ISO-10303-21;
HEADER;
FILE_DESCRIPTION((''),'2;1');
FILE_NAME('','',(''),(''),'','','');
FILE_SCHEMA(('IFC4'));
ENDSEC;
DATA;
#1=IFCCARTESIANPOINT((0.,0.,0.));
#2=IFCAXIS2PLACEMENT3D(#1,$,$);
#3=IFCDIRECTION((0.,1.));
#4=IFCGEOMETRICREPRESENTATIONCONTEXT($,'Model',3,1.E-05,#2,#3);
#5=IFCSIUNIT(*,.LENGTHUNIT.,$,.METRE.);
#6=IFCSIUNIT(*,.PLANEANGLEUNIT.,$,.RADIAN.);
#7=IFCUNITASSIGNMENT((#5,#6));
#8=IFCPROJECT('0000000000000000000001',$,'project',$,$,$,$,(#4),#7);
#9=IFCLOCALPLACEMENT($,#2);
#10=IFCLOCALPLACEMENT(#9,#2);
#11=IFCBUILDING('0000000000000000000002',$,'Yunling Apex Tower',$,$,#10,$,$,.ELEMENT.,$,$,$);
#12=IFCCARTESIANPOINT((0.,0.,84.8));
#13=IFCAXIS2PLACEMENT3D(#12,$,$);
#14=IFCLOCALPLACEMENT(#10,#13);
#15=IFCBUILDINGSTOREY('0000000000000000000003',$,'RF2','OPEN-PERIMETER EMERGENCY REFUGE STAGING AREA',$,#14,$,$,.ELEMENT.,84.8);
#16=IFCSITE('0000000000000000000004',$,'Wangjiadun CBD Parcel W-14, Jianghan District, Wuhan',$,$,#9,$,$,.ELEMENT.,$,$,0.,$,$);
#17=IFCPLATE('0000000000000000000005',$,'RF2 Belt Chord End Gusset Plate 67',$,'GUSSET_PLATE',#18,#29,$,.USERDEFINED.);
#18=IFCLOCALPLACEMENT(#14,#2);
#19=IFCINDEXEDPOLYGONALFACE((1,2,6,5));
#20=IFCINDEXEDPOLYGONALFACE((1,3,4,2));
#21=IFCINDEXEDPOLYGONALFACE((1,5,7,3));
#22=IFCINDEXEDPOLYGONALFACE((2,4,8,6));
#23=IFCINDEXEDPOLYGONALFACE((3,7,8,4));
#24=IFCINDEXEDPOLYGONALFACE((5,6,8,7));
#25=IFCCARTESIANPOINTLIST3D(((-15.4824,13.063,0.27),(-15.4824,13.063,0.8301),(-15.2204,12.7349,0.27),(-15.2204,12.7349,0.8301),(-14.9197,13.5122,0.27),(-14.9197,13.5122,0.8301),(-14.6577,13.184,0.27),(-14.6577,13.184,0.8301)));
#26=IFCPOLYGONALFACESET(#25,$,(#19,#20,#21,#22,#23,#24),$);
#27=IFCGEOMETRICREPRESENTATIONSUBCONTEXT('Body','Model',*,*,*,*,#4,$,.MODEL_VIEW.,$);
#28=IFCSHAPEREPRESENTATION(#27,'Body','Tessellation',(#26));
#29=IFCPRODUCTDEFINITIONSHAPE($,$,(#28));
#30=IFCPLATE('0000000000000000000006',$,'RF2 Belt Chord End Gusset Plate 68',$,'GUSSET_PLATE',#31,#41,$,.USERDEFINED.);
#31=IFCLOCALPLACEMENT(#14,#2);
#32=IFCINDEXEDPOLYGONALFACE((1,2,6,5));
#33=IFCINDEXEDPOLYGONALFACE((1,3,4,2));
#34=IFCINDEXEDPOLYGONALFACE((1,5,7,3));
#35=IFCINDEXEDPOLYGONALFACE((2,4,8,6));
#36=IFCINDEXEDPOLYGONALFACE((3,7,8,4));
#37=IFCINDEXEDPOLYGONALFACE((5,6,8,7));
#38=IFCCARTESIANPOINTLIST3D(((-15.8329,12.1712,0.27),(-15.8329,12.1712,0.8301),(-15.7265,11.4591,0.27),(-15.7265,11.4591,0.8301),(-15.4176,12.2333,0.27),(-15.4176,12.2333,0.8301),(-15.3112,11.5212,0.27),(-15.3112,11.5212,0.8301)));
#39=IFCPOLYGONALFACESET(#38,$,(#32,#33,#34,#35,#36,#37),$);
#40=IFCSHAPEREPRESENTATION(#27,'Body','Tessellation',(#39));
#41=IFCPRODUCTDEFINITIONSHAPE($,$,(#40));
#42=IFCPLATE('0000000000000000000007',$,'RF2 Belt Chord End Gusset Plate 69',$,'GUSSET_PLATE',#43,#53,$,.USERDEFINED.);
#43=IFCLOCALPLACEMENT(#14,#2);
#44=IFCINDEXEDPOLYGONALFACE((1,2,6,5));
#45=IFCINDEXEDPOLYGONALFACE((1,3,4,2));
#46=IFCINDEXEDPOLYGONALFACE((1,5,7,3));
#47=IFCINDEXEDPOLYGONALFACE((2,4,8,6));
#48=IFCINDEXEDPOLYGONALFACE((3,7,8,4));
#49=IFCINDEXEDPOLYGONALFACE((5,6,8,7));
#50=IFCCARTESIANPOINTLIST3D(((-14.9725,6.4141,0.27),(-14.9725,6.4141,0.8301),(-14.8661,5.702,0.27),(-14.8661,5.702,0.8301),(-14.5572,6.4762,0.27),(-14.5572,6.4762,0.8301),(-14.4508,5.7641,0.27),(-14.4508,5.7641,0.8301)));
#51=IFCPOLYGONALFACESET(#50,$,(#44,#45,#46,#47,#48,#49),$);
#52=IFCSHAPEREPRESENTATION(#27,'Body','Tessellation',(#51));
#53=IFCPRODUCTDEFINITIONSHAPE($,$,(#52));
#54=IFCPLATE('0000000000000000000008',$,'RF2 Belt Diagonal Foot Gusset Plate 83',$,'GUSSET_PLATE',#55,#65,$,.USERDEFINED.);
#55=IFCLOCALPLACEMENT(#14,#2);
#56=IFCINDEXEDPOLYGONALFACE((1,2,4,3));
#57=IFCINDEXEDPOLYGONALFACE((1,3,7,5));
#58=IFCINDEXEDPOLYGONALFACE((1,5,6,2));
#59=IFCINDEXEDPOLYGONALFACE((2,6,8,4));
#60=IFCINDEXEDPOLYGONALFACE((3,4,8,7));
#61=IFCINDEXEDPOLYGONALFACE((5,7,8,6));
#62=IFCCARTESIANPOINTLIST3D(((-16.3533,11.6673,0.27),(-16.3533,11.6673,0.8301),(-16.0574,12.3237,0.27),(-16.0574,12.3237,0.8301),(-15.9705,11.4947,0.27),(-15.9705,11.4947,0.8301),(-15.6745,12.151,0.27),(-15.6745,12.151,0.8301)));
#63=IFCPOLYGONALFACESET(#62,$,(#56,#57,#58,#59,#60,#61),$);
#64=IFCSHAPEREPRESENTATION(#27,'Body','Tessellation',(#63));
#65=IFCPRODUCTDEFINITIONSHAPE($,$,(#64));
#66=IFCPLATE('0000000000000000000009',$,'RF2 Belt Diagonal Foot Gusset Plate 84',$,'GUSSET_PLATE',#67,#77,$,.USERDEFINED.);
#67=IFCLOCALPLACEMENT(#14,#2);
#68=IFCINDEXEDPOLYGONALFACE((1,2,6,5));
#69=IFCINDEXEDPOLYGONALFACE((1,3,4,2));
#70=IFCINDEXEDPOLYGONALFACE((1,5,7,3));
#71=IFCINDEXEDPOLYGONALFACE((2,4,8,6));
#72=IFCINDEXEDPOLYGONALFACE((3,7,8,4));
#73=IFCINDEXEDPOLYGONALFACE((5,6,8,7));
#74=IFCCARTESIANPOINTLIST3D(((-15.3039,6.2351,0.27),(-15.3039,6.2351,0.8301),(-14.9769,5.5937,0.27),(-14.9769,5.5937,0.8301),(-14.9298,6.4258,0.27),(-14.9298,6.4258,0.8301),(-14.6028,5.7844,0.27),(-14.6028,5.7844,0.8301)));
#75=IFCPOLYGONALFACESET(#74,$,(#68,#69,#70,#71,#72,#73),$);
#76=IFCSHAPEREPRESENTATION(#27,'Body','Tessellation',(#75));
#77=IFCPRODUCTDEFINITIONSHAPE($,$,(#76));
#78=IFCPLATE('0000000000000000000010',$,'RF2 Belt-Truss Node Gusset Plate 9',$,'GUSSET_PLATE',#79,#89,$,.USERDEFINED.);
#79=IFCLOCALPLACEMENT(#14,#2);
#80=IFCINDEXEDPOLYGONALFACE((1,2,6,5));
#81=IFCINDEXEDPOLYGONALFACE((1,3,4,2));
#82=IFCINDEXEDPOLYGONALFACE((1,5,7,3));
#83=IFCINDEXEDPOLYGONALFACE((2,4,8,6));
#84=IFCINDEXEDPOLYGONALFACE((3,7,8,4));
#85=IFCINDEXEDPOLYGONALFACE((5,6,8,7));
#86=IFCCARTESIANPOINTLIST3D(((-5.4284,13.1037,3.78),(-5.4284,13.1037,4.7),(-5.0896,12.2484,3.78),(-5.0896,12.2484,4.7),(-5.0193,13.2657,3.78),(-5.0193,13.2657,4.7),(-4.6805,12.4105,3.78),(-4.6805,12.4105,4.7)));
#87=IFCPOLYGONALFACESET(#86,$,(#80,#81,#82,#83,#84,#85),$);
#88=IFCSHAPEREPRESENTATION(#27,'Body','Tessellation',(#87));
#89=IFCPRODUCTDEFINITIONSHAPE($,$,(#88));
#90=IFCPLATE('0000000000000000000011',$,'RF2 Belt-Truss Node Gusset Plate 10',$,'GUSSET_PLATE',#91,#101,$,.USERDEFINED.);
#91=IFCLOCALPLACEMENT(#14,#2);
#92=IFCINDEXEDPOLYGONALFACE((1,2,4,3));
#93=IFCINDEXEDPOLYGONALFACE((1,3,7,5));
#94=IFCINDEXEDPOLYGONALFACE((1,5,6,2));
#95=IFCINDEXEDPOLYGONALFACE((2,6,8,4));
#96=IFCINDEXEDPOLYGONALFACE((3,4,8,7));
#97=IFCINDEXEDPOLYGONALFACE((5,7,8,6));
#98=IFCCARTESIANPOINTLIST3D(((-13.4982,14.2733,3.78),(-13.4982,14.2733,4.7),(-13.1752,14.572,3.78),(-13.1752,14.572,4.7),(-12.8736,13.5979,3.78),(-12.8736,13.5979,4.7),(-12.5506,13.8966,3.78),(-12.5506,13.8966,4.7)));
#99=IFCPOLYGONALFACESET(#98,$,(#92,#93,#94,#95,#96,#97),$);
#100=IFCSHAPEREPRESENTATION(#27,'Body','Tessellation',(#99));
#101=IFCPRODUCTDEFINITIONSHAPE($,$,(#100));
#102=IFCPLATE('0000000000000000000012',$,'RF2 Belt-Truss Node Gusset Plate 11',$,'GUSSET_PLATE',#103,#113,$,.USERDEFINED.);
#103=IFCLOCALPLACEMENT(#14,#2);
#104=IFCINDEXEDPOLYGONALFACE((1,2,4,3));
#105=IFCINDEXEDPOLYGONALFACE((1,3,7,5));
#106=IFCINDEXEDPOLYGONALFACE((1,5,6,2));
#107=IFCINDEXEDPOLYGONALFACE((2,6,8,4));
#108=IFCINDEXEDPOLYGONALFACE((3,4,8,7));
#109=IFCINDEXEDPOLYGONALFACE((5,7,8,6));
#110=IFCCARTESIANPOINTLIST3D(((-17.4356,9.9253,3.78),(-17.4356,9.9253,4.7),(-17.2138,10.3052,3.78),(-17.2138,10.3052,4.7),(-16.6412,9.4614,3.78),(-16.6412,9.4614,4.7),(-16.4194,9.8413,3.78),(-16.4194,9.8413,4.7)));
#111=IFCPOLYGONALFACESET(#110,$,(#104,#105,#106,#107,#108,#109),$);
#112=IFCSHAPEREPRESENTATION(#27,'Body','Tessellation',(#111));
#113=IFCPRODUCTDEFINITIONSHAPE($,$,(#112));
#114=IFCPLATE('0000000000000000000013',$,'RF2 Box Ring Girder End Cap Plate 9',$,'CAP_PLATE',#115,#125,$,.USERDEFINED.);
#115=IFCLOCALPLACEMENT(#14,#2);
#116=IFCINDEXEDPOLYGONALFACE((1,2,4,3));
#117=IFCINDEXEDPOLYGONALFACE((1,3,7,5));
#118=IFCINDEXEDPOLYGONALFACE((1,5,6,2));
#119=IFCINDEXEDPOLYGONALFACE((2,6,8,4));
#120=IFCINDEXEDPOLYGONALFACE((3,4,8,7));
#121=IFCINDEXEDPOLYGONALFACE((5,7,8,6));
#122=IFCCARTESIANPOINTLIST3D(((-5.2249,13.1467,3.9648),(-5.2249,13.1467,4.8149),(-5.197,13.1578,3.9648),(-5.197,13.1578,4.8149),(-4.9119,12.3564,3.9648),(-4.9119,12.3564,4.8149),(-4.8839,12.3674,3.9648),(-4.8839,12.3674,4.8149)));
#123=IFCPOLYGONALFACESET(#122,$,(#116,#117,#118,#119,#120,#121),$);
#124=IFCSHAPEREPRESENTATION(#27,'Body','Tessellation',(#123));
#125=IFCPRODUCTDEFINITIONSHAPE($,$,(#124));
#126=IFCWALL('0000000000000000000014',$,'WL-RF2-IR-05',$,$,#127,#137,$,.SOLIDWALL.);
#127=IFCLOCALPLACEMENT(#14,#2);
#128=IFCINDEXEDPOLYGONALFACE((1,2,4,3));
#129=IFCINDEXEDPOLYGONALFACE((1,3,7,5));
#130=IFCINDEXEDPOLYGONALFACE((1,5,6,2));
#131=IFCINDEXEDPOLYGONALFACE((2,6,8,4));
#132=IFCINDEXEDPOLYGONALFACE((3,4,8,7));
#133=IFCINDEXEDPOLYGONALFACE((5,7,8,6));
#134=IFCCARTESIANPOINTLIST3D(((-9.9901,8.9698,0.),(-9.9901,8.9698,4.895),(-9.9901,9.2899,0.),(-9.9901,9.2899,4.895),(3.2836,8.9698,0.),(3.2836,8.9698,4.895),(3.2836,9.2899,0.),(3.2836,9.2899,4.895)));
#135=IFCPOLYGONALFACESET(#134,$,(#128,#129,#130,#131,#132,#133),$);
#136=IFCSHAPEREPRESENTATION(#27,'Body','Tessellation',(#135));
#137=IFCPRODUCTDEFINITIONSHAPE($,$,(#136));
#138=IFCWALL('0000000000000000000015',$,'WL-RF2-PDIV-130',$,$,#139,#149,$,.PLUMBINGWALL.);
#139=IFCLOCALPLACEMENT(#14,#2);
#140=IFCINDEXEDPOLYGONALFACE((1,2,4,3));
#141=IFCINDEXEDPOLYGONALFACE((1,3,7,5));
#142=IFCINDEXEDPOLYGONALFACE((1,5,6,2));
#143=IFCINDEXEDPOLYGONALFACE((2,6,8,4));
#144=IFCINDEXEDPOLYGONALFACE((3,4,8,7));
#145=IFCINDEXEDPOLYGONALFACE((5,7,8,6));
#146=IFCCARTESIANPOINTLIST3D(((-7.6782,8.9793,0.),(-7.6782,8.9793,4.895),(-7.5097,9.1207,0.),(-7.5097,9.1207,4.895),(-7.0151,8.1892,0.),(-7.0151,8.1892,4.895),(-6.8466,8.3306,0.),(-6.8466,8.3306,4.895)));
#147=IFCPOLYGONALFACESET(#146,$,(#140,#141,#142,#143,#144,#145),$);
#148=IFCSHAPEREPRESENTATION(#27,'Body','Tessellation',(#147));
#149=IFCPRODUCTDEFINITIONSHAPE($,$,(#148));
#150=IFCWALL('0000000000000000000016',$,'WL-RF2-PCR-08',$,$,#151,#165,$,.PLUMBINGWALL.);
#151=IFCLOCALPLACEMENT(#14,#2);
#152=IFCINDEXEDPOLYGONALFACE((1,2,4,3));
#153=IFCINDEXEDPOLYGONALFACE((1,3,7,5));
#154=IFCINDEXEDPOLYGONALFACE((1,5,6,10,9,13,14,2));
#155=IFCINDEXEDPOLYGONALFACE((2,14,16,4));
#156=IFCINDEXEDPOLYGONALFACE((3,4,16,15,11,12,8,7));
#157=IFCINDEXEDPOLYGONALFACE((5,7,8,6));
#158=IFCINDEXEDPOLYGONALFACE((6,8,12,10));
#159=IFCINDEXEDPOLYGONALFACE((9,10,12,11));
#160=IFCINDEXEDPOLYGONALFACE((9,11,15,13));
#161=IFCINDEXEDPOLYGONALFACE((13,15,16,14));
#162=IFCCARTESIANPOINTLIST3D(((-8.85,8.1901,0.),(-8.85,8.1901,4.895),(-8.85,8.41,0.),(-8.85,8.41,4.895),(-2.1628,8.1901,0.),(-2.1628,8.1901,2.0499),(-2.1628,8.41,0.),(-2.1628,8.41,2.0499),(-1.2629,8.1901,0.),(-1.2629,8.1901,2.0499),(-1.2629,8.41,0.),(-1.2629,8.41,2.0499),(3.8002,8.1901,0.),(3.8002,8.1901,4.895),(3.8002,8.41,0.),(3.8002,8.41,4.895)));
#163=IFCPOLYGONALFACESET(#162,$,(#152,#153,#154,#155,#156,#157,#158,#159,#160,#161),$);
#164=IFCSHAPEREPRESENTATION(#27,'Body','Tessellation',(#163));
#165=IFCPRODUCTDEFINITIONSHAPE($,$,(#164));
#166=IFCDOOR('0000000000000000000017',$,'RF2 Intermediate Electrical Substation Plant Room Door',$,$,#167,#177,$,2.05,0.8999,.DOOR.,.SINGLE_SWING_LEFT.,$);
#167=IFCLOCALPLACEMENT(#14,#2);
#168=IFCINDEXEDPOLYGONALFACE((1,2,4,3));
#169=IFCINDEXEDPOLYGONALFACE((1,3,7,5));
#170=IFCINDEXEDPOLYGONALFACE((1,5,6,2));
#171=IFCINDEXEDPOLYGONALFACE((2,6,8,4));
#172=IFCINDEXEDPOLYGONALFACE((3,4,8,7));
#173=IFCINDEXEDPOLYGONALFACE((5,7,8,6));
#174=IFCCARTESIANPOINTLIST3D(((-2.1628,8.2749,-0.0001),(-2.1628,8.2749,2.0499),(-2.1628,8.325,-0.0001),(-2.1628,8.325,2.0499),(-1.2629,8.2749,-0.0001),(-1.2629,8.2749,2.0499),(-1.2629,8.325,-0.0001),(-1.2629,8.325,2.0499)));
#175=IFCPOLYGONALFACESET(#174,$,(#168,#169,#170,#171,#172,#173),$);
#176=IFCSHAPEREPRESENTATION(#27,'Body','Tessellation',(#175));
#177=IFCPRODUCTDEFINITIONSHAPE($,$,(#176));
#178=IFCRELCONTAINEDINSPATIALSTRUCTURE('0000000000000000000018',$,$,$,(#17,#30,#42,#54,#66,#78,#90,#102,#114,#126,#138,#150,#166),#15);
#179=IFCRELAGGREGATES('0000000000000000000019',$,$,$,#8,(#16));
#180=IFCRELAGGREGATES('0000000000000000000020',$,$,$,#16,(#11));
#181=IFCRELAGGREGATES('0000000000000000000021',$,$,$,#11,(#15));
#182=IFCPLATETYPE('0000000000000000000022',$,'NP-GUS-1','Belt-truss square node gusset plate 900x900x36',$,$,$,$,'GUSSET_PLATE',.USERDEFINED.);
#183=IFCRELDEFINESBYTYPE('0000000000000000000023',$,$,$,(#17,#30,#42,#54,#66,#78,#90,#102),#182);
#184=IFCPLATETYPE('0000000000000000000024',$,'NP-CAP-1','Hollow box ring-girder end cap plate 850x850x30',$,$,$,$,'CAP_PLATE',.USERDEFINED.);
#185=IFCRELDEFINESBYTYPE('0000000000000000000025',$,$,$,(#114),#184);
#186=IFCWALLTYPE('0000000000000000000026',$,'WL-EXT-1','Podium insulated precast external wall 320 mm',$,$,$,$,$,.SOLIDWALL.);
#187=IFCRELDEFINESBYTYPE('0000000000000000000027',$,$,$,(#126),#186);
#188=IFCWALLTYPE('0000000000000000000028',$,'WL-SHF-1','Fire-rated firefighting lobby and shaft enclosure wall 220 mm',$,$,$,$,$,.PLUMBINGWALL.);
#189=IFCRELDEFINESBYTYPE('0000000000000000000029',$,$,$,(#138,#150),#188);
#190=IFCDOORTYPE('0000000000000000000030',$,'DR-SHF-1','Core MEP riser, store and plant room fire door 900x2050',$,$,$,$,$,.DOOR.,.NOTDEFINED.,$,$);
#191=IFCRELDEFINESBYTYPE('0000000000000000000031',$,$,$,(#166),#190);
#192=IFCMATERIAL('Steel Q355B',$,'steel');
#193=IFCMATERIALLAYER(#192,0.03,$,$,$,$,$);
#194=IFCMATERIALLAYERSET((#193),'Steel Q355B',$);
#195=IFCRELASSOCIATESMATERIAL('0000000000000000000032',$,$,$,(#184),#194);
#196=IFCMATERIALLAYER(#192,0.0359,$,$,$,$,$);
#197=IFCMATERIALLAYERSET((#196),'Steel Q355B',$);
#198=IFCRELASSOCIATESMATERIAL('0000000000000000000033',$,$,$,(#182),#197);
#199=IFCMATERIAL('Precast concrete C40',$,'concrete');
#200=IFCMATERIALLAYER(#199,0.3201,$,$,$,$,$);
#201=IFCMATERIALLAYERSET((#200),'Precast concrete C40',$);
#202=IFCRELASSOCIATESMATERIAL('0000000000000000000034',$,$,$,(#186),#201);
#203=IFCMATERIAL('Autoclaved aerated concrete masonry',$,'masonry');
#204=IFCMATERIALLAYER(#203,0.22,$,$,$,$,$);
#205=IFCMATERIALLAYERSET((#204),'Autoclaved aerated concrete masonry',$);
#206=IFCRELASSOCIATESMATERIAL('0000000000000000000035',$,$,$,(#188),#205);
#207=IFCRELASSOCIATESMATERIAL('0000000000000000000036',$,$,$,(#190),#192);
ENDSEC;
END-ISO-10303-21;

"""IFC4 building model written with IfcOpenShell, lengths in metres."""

from ifc_helpers import new_model, si_unit, direction, frame, frame_2d, origin, origin_2d, place, context, subcontext, project, spatial, rectangle, extrude, source, transform, mapped, material, layer, layer_set, type_object, element, fill, save


model = new_model("IFC4")

# Units and contexts
model_context = context("Model", 3, precision=1e-05, world=origin(), true_north=direction((0.0, 1.0)))
body_context = subcontext(model_context, "Body", "Model", "MODEL_VIEW")
ifc_project = project(units=[si_unit("LENGTHUNIT", "METRE"), si_unit("PLANEANGLEUNIT", "RADIAN")], contexts=[model_context])

# Site, building, storey
site_placement = place(None, origin())
site = spatial("IfcSite", under=ifc_project, at=site_placement, Name="Wangjiadun CBD Parcel W-14, Jianghan District, Wuhan", CompositionType="ELEMENT", RefElevation=0.0)
building_placement = place(site_placement, origin())
building = spatial("IfcBuilding", under=site, at=building_placement, Name="Yunling Apex Tower", CompositionType="ELEMENT")
storey_placement = place(building_placement, frame((0.0, 0.0, 84.8)))
storey = spatial("IfcBuildingStorey", under=building, at=storey_placement, Name="RF2", Description="OPEN-PERIMETER EMERGENCY REFUGE STAGING AREA", CompositionType="ELEMENT", Elevation=84.8)

# Shared definitions
ifc_material_1 = material(Name="Steel Q355B", Category="steel")

# Plates
ifc_layer_1 = layer(ifc_material_1, 0.03)
ifc_layer_set_1 = layer_set([ifc_layer_1], Name="Steel Q355B")
plate_type_1 = type_object("IfcPlateType", Name="NP-CAP-1", Description="Hollow box ring-girder end cap plate 850x850x30", ElementType="CAP_PLATE", PredefinedType="USERDEFINED", material=ifc_layer_set_1)
ifc_layer_2 = layer(ifc_material_1, 0.0359)
ifc_layer_set_2 = layer_set([ifc_layer_2], Name="Steel Q355B")
plate_type_2 = type_object("IfcPlateType", Name="NP-GUS-1", Description="Belt-truss square node gusset plate 900x900x36", ElementType="GUSSET_PLATE", PredefinedType="USERDEFINED", material=ifc_layer_set_2)
shared_shape_1 = source(origin(), body_context, "Body", "SweptSolid", [
    extrude(rectangle(XDim=0.72, YDim=0.4199, at=origin_2d()), origin(), (0.0, 0.0, 1.0), 0.5601),
])
for number, where, z_axis, x_axis, name in (
    (1, (-15.0701, 13.1235, 0.27), (0.0, 0.0, 1.0), (-0.78152, -0.62388, 0.0), "RF2 Belt Chord End Gusset Plate 67"),
    (2, (-15.572, 11.8462, 0.27), (0.0, 0.0, 1.0), (0.147809, -0.989016, 0.0), "RF2 Belt Chord End Gusset Plate 68"),
    (3, (-14.7117, 6.0891, 0.27), (0.0, 0.0, 1.0), (0.147809, -0.989016, 0.0), "RF2 Belt Chord End Gusset Plate 69"),
    (4, (-16.0139, 11.9092, 0.27), (0.0, 0.0, 1.0), (-0.411037, -0.911619, 0.0), "RF2 Belt Diagonal Foot Gusset Plate 83"),
    (5, (-14.9534, 6.0098, 0.27), (0.0, 0.0, 1.0), (-0.454146, 0.890927, 0.0), "RF2 Belt Diagonal Foot Gusset Plate 84"),
):
    element("IfcPlate", number, at=place(storey_placement, frame(where, z_axis=z_axis, x_axis=x_axis)), inside=storey, type_object=plate_type_2, Name=name, ObjectType="GUSSET_PLATE", PredefinedType="USERDEFINED", context=body_context, shape_type="MappedRepresentation", body=[
        mapped(shared_shape_1, transform((0.0, 0.0, 0.0), scale=1.0)),
    ])
shared_shape_2 = source(origin(), body_context, "Body", "SweptSolid", [
    extrude(rectangle(XDim=0.9199, YDim=0.4399, at=origin_2d()), origin(), (0.0, 0.0, 1.0), 0.9199),
])
for number, where, z_axis, x_axis, name in (
    (6, (-5.0544, 12.7571, 3.78), (0.0, 0.0, 1.0), (-0.368287, 0.929712, 0.0), "RF2 Belt-Truss Node Gusset Plate 9"),
    (7, (-13.0244, 14.085, 3.78), (0.0, 0.0, 1.0), (-0.678929, 0.734204, 0.0), "RF2 Belt-Truss Node Gusset Plate 10"),
    (8, (-16.9275, 9.8833, 3.78), (0.0, 0.0, 1.0), (-0.863572, 0.504226, 0.0), "RF2 Belt-Truss Node Gusset Plate 11"),
):
    element("IfcPlate", number, at=place(storey_placement, frame(where, z_axis=z_axis, x_axis=x_axis)), inside=storey, type_object=plate_type_2, Name=name, ObjectType="GUSSET_PLATE", PredefinedType="USERDEFINED", context=body_context, shape_type="MappedRepresentation", body=[
        mapped(shared_shape_2, transform((0.0, 0.0, 0.0), scale=1.0)),
    ])
shared_shape_3 = source(origin(), body_context, "Body", "SweptSolid", [
    extrude(rectangle(XDim=0.8501, YDim=0.03, at=origin_2d()), origin(), (0.0, 0.0, 1.0), 0.8501),
])
plate_placement = place(storey_placement, frame((-5.0544, 12.7571, 3.9648), z_axis=(0.0, 0.0, 1.0), x_axis=(-0.368287, 0.929712, 0.0)))
element("IfcPlate", 9, at=plate_placement, inside=storey, type_object=plate_type_1, Name="RF2 Box Ring Girder End Cap Plate 9", ObjectType="CAP_PLATE", PredefinedType="USERDEFINED", context=body_context, shape_type="MappedRepresentation", body=[
    mapped(shared_shape_3, transform((0.0, 0.0, 0.0), scale=1.0)),
])

# Walls
ifc_material_2 = material(Name="Precast concrete C40", Category="concrete")
ifc_layer_3 = layer(ifc_material_2, 0.3201)
ifc_layer_set_3 = layer_set([ifc_layer_3], Name="Precast concrete C40")
wall_type_1 = type_object("IfcWallType", Name="WL-EXT-1", Description="Podium insulated precast external wall 320 mm", PredefinedType="SOLIDWALL", material=ifc_layer_set_3)
wall_1_placement = place(storey_placement, frame((-9.99, 9.1299, 0.0), z_axis=(0.0, 0.0, 1.0), x_axis=(1.0, 0.0, 0.0)))
element("IfcWall", 10, at=wall_1_placement, inside=storey, type_object=wall_type_1, Name="WL-RF2-IR-05", PredefinedType="SOLIDWALL", context=body_context, shape_type="SweptSolid", body=[
    extrude(rectangle(XDim=13.2737, YDim=0.3201, at=frame_2d((6.6367, 0.0))), origin(), (0.0, 0.0, 1.0), 4.895),
])
ifc_material_3 = material(Name="Autoclaved aerated concrete masonry", Category="masonry")
ifc_layer_4 = layer(ifc_material_3, 0.22)
ifc_layer_set_4 = layer_set([ifc_layer_4], Name="Autoclaved aerated concrete masonry")
wall_type_2 = type_object("IfcWallType", Name="WL-SHF-1", Description="Fire-rated firefighting lobby and shaft enclosure wall 220 mm", PredefinedType="PLUMBINGWALL", material=ifc_layer_set_4)
wall_2_placement = place(storey_placement, frame((-6.9309, 8.26, 0.0), z_axis=(0.0, 0.0, 1.0), x_axis=(-0.642881, 0.765966, 0.0)))
element("IfcWall", 11, at=wall_2_placement, inside=storey, type_object=wall_type_2, Name="WL-RF2-PDIV-130", PredefinedType="PLUMBINGWALL", context=body_context, shape_type="SweptSolid", body=[
    extrude(rectangle(XDim=1.0315, YDim=0.22, at=frame_2d((0.5156, 0.0))), origin(), (0.0, 0.0, 1.0), 4.895),
])

# Wall, opening, door
wall_3_placement = place(storey_placement, frame((-8.8501, 8.3, 0.0), z_axis=(0.0, 0.0, 1.0), x_axis=(1.0, 0.0, 0.0)))
wall_3 = element("IfcWall", 12, at=wall_3_placement, inside=storey, type_object=wall_type_2, Name="WL-RF2-PCR-08", PredefinedType="PLUMBINGWALL", context=body_context, shape_type="SweptSolid", body=[
    extrude(rectangle(XDim=12.6501, YDim=0.22, at=frame_2d((6.3252, 0.0))), origin(), (0.0, 0.0, 1.0), 4.895),
])
opening_placement = place(wall_3_placement, frame((6.6873, 0.0, 0.0)))
opening = element("IfcOpeningElement", 13, at=opening_placement, cuts=wall_3, PredefinedType="OPENING", context=body_context, shape_type="SweptSolid", body=[
    extrude(rectangle(XDim=0.8999, YDim=2.05, at=frame_2d((0.45, 1.0249))), frame((0.0, 0.1201, 0.0), z_axis=(0.0, -1.0, 0.0), x_axis=(1.0, 0.0, 0.0)), (0.0, 0.0, 1.0), 0.24),
])
door_type = type_object("IfcDoorType", Name="DR-SHF-1", Description="Core MEP riser, store and plant room fire door 900x2050", OperationType="NOTDEFINED", PredefinedType="DOOR", material=ifc_material_1)
door_placement = place(opening_placement, origin())
door = element("IfcDoor", 14, at=door_placement, inside=storey, type_object=door_type, Name="RF2 Intermediate Electrical Substation Plant Room Door", OperationType="SINGLE_SWING_LEFT", OverallHeight=2.05, OverallWidth=0.8999, PredefinedType="DOOR", context=body_context, shape_type="SweptSolid", body=[
    extrude(rectangle(XDim=0.8999, YDim=2.05, at=frame_2d((0.45, 1.0249))), frame((0.0, 0.0249, 0.0), z_axis=(0.0, -1.0, 0.0), x_axis=(1.0, 0.0, 0.0)), (0.0, 0.0, 1.0), 0.05),
])
fill(opening, door)

save(model, "model.ifc")
